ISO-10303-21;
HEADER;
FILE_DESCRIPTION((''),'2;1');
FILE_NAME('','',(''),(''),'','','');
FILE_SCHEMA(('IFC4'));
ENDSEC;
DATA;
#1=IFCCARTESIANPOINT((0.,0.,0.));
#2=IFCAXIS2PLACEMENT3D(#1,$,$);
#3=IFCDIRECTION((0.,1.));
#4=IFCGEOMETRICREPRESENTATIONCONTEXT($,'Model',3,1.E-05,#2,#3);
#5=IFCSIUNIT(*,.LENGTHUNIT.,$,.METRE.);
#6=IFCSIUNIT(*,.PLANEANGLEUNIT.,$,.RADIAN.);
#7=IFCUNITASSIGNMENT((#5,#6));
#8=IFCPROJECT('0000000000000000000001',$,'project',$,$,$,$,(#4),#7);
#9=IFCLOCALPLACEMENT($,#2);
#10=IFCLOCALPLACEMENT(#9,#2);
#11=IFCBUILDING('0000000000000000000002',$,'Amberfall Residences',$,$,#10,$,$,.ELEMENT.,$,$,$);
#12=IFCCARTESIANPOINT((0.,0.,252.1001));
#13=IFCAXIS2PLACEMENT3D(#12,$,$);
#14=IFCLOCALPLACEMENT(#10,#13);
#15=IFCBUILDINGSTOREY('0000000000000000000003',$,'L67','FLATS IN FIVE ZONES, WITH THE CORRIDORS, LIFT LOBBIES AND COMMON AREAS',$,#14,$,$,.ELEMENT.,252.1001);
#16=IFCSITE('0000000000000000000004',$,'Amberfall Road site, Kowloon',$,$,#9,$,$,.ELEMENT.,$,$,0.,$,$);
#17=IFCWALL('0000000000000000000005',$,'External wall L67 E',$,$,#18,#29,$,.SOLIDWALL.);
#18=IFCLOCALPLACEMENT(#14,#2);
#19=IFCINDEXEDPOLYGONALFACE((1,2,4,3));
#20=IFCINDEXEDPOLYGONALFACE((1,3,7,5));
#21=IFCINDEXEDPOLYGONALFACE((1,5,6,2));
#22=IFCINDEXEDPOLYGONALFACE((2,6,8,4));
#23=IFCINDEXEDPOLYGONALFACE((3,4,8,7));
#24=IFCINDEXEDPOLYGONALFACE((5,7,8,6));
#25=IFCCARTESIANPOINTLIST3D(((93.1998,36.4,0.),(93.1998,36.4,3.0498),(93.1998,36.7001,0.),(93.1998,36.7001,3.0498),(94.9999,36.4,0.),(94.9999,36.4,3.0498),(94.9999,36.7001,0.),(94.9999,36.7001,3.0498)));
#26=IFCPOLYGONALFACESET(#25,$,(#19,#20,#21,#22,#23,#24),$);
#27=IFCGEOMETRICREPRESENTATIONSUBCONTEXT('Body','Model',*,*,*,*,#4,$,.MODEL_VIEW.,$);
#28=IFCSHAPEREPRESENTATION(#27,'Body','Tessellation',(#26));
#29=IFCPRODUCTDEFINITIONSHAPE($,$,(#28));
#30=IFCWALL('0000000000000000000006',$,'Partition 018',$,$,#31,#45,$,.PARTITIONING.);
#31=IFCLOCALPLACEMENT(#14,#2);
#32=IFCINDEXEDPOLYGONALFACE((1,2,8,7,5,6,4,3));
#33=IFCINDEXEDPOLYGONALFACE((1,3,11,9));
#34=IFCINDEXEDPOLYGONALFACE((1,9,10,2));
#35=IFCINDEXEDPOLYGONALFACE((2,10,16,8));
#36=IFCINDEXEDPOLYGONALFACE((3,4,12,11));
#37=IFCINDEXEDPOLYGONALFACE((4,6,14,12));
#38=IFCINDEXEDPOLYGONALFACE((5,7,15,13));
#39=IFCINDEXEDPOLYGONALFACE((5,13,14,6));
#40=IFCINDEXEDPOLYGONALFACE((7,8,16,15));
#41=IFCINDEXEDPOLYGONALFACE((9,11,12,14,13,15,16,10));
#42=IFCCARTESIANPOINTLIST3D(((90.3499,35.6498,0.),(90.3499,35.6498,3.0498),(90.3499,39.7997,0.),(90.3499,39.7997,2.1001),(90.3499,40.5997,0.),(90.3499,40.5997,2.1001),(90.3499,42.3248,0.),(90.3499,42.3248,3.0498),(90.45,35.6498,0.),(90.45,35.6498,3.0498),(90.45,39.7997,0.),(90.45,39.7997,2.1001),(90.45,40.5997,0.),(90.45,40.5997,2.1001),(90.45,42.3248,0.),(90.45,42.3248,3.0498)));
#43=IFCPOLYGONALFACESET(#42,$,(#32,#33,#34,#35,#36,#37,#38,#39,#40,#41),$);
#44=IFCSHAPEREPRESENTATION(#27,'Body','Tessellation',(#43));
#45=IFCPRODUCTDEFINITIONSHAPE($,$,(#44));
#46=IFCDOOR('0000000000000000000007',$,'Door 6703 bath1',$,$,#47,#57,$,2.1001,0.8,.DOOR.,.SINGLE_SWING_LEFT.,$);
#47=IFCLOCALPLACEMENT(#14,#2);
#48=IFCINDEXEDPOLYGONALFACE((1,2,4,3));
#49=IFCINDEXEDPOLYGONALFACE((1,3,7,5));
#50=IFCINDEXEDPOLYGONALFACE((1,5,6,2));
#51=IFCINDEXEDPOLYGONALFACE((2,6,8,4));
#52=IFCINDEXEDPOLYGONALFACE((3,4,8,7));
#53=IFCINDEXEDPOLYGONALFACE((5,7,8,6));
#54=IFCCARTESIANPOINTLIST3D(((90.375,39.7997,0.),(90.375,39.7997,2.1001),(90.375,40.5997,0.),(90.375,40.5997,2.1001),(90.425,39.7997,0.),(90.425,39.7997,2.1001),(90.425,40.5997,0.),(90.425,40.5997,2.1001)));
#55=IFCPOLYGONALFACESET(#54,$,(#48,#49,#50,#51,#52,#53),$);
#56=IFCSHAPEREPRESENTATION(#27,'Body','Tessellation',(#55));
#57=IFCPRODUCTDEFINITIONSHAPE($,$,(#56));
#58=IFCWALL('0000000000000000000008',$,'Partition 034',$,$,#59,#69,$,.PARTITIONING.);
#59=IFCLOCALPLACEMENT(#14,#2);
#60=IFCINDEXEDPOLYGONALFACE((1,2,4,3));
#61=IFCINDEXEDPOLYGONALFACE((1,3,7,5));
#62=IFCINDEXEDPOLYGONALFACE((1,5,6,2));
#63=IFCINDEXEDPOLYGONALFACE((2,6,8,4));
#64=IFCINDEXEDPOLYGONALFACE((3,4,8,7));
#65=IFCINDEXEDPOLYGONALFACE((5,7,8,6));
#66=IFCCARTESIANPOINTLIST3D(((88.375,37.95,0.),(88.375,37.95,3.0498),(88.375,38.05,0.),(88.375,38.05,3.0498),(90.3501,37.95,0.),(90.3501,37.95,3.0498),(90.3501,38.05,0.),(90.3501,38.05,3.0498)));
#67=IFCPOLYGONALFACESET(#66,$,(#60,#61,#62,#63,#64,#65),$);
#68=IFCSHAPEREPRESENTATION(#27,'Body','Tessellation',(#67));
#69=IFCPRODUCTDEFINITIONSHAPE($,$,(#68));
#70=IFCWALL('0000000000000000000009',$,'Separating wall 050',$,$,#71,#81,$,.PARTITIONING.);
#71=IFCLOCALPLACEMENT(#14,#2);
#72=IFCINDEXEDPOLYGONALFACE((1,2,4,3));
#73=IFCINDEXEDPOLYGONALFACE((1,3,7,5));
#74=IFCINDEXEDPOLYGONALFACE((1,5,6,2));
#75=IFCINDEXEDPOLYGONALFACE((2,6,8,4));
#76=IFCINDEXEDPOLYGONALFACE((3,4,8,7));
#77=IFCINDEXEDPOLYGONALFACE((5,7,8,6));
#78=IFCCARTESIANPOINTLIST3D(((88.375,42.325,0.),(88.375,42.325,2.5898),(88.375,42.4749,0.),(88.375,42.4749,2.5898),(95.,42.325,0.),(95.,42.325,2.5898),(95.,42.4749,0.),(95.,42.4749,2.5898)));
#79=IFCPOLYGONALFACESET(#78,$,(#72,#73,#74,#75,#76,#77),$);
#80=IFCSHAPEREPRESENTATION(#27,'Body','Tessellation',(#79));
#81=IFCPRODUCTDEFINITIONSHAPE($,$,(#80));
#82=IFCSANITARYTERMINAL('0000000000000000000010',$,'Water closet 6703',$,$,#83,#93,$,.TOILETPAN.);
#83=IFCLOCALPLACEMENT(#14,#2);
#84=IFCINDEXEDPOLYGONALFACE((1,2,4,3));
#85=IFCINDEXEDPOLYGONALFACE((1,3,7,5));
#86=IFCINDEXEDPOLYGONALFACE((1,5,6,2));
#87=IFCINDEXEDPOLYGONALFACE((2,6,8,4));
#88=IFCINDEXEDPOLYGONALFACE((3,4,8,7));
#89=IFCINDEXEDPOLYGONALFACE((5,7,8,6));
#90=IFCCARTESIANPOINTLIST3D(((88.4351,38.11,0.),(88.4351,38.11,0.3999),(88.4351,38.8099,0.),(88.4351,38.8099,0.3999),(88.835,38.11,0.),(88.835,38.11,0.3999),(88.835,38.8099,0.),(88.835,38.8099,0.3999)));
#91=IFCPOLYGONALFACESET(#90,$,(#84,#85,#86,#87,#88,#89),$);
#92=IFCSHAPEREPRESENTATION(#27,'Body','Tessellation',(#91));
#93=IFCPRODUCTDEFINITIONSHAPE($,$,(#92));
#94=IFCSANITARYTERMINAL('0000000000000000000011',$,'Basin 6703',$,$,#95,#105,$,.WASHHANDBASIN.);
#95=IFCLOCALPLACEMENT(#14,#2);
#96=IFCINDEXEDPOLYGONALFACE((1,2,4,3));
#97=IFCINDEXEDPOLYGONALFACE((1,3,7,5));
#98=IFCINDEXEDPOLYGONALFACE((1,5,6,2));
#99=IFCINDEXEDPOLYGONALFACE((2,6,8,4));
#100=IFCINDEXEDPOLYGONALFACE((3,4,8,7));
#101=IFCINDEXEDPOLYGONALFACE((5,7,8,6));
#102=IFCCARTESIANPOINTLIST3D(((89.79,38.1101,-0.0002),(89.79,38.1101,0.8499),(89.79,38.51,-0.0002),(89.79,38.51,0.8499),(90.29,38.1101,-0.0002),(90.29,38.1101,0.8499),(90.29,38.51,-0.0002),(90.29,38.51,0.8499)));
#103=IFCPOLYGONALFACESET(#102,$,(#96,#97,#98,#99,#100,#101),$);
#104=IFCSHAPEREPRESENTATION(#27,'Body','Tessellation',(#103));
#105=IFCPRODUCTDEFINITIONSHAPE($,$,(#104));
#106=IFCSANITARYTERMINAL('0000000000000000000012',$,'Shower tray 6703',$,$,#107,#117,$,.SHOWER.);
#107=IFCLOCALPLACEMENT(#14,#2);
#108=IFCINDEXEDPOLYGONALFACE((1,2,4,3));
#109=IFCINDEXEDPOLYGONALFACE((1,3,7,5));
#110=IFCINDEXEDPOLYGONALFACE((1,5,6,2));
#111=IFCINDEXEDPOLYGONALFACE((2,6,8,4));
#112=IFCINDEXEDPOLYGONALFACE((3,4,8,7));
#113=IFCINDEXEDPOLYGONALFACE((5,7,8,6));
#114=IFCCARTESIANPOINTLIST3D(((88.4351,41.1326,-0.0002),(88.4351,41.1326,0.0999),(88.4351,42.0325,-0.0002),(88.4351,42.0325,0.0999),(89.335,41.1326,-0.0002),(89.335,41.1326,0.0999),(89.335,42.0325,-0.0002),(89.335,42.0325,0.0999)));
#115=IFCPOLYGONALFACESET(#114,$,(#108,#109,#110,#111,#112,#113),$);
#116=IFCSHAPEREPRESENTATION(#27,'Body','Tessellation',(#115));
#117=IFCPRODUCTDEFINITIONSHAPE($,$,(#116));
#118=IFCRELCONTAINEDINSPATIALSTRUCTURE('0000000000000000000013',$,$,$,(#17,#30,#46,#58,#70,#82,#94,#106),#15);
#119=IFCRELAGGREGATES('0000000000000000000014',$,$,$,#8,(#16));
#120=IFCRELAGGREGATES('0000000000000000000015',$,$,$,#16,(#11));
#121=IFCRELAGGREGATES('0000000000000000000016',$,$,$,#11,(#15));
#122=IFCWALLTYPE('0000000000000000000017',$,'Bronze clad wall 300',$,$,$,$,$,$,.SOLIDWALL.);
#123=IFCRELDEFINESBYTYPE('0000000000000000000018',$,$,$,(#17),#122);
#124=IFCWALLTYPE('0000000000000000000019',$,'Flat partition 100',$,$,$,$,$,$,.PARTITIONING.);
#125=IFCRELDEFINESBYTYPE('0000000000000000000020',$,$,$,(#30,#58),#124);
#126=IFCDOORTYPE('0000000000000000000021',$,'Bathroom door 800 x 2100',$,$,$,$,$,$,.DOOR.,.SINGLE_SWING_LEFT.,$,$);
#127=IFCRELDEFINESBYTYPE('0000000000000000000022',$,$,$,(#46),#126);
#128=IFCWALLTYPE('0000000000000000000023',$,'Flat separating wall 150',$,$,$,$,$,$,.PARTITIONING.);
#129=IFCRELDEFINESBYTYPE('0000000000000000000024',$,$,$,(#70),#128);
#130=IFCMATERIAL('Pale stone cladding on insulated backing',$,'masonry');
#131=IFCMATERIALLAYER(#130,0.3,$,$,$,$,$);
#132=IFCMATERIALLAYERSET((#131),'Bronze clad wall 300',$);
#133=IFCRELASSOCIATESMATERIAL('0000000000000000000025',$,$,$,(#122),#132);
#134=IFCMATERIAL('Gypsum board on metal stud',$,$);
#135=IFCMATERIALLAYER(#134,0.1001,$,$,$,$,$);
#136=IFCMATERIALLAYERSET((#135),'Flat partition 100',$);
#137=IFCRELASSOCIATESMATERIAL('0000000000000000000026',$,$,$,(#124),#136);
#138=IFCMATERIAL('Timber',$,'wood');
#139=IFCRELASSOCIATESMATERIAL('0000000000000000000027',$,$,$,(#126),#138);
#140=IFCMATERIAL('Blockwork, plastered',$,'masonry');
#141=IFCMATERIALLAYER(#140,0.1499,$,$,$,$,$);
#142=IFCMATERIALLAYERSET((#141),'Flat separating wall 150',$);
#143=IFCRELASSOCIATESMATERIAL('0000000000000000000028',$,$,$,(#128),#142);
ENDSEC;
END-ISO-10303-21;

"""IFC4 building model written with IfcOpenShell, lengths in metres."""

from ifc_helpers import new_model, si_unit, direction, frame, frame_2d, origin, origin_2d, place, context, subcontext, project, spatial, rectangle, extrude, material, layer, layer_set, type_object, element, fill, save


model = new_model("IFC4")

# Units and contexts
model_context = context("Model", 3, precision=1e-05, world=origin(), true_north=direction((0.0, 1.0)))
body_context = subcontext(model_context, "Body", "Model", "MODEL_VIEW")
ifc_project = project(units=[si_unit("LENGTHUNIT", "METRE"), si_unit("PLANEANGLEUNIT", "RADIAN")], contexts=[model_context])

# Site, building, storey
site_placement = place(None, origin())
site = spatial("IfcSite", under=ifc_project, at=site_placement, Name="Amberfall Road site, Kowloon", CompositionType="ELEMENT", RefElevation=0.0)
building_placement = place(site_placement, origin())
building = spatial("IfcBuilding", under=site, at=building_placement, Name="Amberfall Residences", CompositionType="ELEMENT")
storey_placement = place(building_placement, frame((0.0, 0.0, 252.1001)))
storey = spatial("IfcBuildingStorey", under=building, at=storey_placement, Name="L67", Description="FLATS IN FIVE ZONES, WITH THE CORRIDORS, LIFT LOBBIES AND COMMON AREAS", CompositionType="ELEMENT", Elevation=252.1001)

# Wall
ifc_material_1 = material(Name="Pale stone cladding on insulated backing", Category="masonry")
ifc_layer_1 = layer(ifc_material_1, 0.3)
ifc_layer_set_1 = layer_set([ifc_layer_1], Name="Bronze clad wall 300")
wall_type_1 = type_object("IfcWallType", Name="Bronze clad wall 300", PredefinedType="SOLIDWALL", material=ifc_layer_set_1)
wall_1_placement = place(storey_placement, frame((93.2, 36.55, 0.0), z_axis=(0.0, 0.0, 1.0), x_axis=(1.0, 0.0, 0.0)))
element("IfcWall", 1, at=wall_1_placement, inside=storey, type_object=wall_type_1, Name="External wall L67 E", PredefinedType="SOLIDWALL", context=body_context, shape_type="SweptSolid", body=[
    extrude(rectangle(XDim=1.8, YDim=0.3, at=frame_2d((0.8999, 0.0))), origin(), (0.0, 0.0, 1.0), 3.0498),
])

# Wall, opening, door
ifc_material_2 = material(Name="Gypsum board on metal stud")
ifc_layer_2 = layer(ifc_material_2, 0.1001)
ifc_layer_set_2 = layer_set([ifc_layer_2], Name="Flat partition 100")
wall_type_2 = type_object("IfcWallType", Name="Flat partition 100", PredefinedType="PARTITIONING", material=ifc_layer_set_2)
wall_2_placement = place(storey_placement, frame((90.3999, 35.6499, 0.0), z_axis=(0.0, 0.0, 1.0), x_axis=(0.0, 1.0, 0.0)))
wall_2 = element("IfcWall", 2, at=wall_2_placement, inside=storey, type_object=wall_type_2, Name="Partition 018", PredefinedType="PARTITIONING", context=body_context, shape_type="SweptSolid", body=[
    extrude(rectangle(XDim=6.675, YDim=0.1001, at=frame_2d((3.3374, 0.0))), origin(), (0.0, 0.0, 1.0), 3.0498),
])
opening_placement = place(wall_2_placement, frame((4.1499, 0.0, 0.0)))
opening = element("IfcOpeningElement", 3, at=opening_placement, cuts=wall_2, PredefinedType="OPENING", context=body_context, shape_type="SweptSolid", body=[
    extrude(rectangle(XDim=0.8, YDim=2.1001, at=frame_2d((0.3999, 1.05))), frame((0.0, 0.0601, 0.0), z_axis=(0.0, -1.0, 0.0), x_axis=(1.0, 0.0, 0.0)), (0.0, 0.0, 1.0), 0.1201),
])
ifc_material_3 = material(Name="Timber", Category="wood")
door_type = type_object("IfcDoorType", Name="Bathroom door 800 x 2100", OperationType="SINGLE_SWING_LEFT", PredefinedType="DOOR", material=ifc_material_3)
door_placement = place(opening_placement, origin())
door = element("IfcDoor", 4, at=door_placement, inside=storey, type_object=door_type, Name="Door 6703 bath1", OperationType="SINGLE_SWING_LEFT", OverallHeight=2.1001, OverallWidth=0.8, PredefinedType="DOOR", context=body_context, shape_type="SweptSolid", body=[
    extrude(rectangle(XDim=0.8, YDim=2.1001, at=frame_2d((0.3999, 1.05))), frame((0.0, 0.0249, 0.0), z_axis=(0.0, -1.0, 0.0), x_axis=(1.0, 0.0, 0.0)), (0.0, 0.0, 1.0), 0.05),
])
fill(opening, door)

# Walls
wall_3_placement = place(storey_placement, frame((88.375, 38.0, 0.0), z_axis=(0.0, 0.0, 1.0), x_axis=(1.0, 0.0, 0.0)))
element("IfcWall", 5, at=wall_3_placement, inside=storey, type_object=wall_type_2, Name="Partition 034", PredefinedType="PARTITIONING", context=body_context, shape_type="SweptSolid", body=[
    extrude(rectangle(XDim=1.9751, YDim=0.1001, at=frame_2d((0.9875, 0.0))), origin(), (0.0, 0.0, 1.0), 3.0498),
])
ifc_material_4 = material(Name="Blockwork, plastered", Category="masonry")
ifc_layer_3 = layer(ifc_material_4, 0.1499)
ifc_layer_set_3 = layer_set([ifc_layer_3], Name="Flat separating wall 150")
wall_type_3 = type_object("IfcWallType", Name="Flat separating wall 150", PredefinedType="PARTITIONING", material=ifc_layer_set_3)
wall_4_placement = place(storey_placement, frame((88.375, 42.3999, 0.0), z_axis=(0.0, 0.0, 1.0), x_axis=(1.0, 0.0, 0.0)))
element("IfcWall", 6, at=wall_4_placement, inside=storey, type_object=wall_type_3, Name="Separating wall 050", PredefinedType="PARTITIONING", context=body_context, shape_type="SweptSolid", body=[
    extrude(rectangle(XDim=6.625, YDim=0.1499, at=frame_2d((3.3125, 0.0))), origin(), (0.0, 0.0, 1.0), 2.5898),
])

# Sanitary terminals
sanitary_terminal_1_placement = place(storey_placement, frame((88.635, 38.46, 0.0), z_axis=(0.0, 0.0, 1.0), x_axis=(1.0, 0.0, 0.0)))
element("IfcSanitaryTerminal", 7, at=sanitary_terminal_1_placement, inside=storey, Name="Water closet 6703", PredefinedType="TOILETPAN", context=body_context, shape_type="SweptSolid", body=[
    extrude(rectangle(XDim=0.3999, YDim=0.7, at=origin_2d()), origin(), (0.0, 0.0, 1.0), 0.3999),
])
sanitary_terminal_2_placement = place(storey_placement, frame((90.04, 38.3101, -0.0002), z_axis=(0.0, 0.0, 1.0), x_axis=(1.0, 0.0, 0.0)))
element("IfcSanitaryTerminal", 8, at=sanitary_terminal_2_placement, inside=storey, Name="Basin 6703", PredefinedType="WASHHANDBASIN", context=body_context, shape_type="SweptSolid", body=[
    extrude(rectangle(XDim=0.5, YDim=0.3999, at=origin_2d()), origin(), (0.0, 0.0, 1.0), 0.8501),
])
sanitary_terminal_3_placement = place(storey_placement, frame((88.885, 41.5825, -0.0002), z_axis=(0.0, 0.0, 1.0), x_axis=(1.0, 0.0, 0.0)))
element("IfcSanitaryTerminal", 9, at=sanitary_terminal_3_placement, inside=storey, Name="Shower tray 6703", PredefinedType="SHOWER", context=body_context, shape_type="SweptSolid", body=[
    extrude(rectangle(XDim=0.8999, YDim=0.8999, at=origin_2d()), origin(), (0.0, 0.0, 1.0), 0.1001),
])

save(model, "model.ifc")
